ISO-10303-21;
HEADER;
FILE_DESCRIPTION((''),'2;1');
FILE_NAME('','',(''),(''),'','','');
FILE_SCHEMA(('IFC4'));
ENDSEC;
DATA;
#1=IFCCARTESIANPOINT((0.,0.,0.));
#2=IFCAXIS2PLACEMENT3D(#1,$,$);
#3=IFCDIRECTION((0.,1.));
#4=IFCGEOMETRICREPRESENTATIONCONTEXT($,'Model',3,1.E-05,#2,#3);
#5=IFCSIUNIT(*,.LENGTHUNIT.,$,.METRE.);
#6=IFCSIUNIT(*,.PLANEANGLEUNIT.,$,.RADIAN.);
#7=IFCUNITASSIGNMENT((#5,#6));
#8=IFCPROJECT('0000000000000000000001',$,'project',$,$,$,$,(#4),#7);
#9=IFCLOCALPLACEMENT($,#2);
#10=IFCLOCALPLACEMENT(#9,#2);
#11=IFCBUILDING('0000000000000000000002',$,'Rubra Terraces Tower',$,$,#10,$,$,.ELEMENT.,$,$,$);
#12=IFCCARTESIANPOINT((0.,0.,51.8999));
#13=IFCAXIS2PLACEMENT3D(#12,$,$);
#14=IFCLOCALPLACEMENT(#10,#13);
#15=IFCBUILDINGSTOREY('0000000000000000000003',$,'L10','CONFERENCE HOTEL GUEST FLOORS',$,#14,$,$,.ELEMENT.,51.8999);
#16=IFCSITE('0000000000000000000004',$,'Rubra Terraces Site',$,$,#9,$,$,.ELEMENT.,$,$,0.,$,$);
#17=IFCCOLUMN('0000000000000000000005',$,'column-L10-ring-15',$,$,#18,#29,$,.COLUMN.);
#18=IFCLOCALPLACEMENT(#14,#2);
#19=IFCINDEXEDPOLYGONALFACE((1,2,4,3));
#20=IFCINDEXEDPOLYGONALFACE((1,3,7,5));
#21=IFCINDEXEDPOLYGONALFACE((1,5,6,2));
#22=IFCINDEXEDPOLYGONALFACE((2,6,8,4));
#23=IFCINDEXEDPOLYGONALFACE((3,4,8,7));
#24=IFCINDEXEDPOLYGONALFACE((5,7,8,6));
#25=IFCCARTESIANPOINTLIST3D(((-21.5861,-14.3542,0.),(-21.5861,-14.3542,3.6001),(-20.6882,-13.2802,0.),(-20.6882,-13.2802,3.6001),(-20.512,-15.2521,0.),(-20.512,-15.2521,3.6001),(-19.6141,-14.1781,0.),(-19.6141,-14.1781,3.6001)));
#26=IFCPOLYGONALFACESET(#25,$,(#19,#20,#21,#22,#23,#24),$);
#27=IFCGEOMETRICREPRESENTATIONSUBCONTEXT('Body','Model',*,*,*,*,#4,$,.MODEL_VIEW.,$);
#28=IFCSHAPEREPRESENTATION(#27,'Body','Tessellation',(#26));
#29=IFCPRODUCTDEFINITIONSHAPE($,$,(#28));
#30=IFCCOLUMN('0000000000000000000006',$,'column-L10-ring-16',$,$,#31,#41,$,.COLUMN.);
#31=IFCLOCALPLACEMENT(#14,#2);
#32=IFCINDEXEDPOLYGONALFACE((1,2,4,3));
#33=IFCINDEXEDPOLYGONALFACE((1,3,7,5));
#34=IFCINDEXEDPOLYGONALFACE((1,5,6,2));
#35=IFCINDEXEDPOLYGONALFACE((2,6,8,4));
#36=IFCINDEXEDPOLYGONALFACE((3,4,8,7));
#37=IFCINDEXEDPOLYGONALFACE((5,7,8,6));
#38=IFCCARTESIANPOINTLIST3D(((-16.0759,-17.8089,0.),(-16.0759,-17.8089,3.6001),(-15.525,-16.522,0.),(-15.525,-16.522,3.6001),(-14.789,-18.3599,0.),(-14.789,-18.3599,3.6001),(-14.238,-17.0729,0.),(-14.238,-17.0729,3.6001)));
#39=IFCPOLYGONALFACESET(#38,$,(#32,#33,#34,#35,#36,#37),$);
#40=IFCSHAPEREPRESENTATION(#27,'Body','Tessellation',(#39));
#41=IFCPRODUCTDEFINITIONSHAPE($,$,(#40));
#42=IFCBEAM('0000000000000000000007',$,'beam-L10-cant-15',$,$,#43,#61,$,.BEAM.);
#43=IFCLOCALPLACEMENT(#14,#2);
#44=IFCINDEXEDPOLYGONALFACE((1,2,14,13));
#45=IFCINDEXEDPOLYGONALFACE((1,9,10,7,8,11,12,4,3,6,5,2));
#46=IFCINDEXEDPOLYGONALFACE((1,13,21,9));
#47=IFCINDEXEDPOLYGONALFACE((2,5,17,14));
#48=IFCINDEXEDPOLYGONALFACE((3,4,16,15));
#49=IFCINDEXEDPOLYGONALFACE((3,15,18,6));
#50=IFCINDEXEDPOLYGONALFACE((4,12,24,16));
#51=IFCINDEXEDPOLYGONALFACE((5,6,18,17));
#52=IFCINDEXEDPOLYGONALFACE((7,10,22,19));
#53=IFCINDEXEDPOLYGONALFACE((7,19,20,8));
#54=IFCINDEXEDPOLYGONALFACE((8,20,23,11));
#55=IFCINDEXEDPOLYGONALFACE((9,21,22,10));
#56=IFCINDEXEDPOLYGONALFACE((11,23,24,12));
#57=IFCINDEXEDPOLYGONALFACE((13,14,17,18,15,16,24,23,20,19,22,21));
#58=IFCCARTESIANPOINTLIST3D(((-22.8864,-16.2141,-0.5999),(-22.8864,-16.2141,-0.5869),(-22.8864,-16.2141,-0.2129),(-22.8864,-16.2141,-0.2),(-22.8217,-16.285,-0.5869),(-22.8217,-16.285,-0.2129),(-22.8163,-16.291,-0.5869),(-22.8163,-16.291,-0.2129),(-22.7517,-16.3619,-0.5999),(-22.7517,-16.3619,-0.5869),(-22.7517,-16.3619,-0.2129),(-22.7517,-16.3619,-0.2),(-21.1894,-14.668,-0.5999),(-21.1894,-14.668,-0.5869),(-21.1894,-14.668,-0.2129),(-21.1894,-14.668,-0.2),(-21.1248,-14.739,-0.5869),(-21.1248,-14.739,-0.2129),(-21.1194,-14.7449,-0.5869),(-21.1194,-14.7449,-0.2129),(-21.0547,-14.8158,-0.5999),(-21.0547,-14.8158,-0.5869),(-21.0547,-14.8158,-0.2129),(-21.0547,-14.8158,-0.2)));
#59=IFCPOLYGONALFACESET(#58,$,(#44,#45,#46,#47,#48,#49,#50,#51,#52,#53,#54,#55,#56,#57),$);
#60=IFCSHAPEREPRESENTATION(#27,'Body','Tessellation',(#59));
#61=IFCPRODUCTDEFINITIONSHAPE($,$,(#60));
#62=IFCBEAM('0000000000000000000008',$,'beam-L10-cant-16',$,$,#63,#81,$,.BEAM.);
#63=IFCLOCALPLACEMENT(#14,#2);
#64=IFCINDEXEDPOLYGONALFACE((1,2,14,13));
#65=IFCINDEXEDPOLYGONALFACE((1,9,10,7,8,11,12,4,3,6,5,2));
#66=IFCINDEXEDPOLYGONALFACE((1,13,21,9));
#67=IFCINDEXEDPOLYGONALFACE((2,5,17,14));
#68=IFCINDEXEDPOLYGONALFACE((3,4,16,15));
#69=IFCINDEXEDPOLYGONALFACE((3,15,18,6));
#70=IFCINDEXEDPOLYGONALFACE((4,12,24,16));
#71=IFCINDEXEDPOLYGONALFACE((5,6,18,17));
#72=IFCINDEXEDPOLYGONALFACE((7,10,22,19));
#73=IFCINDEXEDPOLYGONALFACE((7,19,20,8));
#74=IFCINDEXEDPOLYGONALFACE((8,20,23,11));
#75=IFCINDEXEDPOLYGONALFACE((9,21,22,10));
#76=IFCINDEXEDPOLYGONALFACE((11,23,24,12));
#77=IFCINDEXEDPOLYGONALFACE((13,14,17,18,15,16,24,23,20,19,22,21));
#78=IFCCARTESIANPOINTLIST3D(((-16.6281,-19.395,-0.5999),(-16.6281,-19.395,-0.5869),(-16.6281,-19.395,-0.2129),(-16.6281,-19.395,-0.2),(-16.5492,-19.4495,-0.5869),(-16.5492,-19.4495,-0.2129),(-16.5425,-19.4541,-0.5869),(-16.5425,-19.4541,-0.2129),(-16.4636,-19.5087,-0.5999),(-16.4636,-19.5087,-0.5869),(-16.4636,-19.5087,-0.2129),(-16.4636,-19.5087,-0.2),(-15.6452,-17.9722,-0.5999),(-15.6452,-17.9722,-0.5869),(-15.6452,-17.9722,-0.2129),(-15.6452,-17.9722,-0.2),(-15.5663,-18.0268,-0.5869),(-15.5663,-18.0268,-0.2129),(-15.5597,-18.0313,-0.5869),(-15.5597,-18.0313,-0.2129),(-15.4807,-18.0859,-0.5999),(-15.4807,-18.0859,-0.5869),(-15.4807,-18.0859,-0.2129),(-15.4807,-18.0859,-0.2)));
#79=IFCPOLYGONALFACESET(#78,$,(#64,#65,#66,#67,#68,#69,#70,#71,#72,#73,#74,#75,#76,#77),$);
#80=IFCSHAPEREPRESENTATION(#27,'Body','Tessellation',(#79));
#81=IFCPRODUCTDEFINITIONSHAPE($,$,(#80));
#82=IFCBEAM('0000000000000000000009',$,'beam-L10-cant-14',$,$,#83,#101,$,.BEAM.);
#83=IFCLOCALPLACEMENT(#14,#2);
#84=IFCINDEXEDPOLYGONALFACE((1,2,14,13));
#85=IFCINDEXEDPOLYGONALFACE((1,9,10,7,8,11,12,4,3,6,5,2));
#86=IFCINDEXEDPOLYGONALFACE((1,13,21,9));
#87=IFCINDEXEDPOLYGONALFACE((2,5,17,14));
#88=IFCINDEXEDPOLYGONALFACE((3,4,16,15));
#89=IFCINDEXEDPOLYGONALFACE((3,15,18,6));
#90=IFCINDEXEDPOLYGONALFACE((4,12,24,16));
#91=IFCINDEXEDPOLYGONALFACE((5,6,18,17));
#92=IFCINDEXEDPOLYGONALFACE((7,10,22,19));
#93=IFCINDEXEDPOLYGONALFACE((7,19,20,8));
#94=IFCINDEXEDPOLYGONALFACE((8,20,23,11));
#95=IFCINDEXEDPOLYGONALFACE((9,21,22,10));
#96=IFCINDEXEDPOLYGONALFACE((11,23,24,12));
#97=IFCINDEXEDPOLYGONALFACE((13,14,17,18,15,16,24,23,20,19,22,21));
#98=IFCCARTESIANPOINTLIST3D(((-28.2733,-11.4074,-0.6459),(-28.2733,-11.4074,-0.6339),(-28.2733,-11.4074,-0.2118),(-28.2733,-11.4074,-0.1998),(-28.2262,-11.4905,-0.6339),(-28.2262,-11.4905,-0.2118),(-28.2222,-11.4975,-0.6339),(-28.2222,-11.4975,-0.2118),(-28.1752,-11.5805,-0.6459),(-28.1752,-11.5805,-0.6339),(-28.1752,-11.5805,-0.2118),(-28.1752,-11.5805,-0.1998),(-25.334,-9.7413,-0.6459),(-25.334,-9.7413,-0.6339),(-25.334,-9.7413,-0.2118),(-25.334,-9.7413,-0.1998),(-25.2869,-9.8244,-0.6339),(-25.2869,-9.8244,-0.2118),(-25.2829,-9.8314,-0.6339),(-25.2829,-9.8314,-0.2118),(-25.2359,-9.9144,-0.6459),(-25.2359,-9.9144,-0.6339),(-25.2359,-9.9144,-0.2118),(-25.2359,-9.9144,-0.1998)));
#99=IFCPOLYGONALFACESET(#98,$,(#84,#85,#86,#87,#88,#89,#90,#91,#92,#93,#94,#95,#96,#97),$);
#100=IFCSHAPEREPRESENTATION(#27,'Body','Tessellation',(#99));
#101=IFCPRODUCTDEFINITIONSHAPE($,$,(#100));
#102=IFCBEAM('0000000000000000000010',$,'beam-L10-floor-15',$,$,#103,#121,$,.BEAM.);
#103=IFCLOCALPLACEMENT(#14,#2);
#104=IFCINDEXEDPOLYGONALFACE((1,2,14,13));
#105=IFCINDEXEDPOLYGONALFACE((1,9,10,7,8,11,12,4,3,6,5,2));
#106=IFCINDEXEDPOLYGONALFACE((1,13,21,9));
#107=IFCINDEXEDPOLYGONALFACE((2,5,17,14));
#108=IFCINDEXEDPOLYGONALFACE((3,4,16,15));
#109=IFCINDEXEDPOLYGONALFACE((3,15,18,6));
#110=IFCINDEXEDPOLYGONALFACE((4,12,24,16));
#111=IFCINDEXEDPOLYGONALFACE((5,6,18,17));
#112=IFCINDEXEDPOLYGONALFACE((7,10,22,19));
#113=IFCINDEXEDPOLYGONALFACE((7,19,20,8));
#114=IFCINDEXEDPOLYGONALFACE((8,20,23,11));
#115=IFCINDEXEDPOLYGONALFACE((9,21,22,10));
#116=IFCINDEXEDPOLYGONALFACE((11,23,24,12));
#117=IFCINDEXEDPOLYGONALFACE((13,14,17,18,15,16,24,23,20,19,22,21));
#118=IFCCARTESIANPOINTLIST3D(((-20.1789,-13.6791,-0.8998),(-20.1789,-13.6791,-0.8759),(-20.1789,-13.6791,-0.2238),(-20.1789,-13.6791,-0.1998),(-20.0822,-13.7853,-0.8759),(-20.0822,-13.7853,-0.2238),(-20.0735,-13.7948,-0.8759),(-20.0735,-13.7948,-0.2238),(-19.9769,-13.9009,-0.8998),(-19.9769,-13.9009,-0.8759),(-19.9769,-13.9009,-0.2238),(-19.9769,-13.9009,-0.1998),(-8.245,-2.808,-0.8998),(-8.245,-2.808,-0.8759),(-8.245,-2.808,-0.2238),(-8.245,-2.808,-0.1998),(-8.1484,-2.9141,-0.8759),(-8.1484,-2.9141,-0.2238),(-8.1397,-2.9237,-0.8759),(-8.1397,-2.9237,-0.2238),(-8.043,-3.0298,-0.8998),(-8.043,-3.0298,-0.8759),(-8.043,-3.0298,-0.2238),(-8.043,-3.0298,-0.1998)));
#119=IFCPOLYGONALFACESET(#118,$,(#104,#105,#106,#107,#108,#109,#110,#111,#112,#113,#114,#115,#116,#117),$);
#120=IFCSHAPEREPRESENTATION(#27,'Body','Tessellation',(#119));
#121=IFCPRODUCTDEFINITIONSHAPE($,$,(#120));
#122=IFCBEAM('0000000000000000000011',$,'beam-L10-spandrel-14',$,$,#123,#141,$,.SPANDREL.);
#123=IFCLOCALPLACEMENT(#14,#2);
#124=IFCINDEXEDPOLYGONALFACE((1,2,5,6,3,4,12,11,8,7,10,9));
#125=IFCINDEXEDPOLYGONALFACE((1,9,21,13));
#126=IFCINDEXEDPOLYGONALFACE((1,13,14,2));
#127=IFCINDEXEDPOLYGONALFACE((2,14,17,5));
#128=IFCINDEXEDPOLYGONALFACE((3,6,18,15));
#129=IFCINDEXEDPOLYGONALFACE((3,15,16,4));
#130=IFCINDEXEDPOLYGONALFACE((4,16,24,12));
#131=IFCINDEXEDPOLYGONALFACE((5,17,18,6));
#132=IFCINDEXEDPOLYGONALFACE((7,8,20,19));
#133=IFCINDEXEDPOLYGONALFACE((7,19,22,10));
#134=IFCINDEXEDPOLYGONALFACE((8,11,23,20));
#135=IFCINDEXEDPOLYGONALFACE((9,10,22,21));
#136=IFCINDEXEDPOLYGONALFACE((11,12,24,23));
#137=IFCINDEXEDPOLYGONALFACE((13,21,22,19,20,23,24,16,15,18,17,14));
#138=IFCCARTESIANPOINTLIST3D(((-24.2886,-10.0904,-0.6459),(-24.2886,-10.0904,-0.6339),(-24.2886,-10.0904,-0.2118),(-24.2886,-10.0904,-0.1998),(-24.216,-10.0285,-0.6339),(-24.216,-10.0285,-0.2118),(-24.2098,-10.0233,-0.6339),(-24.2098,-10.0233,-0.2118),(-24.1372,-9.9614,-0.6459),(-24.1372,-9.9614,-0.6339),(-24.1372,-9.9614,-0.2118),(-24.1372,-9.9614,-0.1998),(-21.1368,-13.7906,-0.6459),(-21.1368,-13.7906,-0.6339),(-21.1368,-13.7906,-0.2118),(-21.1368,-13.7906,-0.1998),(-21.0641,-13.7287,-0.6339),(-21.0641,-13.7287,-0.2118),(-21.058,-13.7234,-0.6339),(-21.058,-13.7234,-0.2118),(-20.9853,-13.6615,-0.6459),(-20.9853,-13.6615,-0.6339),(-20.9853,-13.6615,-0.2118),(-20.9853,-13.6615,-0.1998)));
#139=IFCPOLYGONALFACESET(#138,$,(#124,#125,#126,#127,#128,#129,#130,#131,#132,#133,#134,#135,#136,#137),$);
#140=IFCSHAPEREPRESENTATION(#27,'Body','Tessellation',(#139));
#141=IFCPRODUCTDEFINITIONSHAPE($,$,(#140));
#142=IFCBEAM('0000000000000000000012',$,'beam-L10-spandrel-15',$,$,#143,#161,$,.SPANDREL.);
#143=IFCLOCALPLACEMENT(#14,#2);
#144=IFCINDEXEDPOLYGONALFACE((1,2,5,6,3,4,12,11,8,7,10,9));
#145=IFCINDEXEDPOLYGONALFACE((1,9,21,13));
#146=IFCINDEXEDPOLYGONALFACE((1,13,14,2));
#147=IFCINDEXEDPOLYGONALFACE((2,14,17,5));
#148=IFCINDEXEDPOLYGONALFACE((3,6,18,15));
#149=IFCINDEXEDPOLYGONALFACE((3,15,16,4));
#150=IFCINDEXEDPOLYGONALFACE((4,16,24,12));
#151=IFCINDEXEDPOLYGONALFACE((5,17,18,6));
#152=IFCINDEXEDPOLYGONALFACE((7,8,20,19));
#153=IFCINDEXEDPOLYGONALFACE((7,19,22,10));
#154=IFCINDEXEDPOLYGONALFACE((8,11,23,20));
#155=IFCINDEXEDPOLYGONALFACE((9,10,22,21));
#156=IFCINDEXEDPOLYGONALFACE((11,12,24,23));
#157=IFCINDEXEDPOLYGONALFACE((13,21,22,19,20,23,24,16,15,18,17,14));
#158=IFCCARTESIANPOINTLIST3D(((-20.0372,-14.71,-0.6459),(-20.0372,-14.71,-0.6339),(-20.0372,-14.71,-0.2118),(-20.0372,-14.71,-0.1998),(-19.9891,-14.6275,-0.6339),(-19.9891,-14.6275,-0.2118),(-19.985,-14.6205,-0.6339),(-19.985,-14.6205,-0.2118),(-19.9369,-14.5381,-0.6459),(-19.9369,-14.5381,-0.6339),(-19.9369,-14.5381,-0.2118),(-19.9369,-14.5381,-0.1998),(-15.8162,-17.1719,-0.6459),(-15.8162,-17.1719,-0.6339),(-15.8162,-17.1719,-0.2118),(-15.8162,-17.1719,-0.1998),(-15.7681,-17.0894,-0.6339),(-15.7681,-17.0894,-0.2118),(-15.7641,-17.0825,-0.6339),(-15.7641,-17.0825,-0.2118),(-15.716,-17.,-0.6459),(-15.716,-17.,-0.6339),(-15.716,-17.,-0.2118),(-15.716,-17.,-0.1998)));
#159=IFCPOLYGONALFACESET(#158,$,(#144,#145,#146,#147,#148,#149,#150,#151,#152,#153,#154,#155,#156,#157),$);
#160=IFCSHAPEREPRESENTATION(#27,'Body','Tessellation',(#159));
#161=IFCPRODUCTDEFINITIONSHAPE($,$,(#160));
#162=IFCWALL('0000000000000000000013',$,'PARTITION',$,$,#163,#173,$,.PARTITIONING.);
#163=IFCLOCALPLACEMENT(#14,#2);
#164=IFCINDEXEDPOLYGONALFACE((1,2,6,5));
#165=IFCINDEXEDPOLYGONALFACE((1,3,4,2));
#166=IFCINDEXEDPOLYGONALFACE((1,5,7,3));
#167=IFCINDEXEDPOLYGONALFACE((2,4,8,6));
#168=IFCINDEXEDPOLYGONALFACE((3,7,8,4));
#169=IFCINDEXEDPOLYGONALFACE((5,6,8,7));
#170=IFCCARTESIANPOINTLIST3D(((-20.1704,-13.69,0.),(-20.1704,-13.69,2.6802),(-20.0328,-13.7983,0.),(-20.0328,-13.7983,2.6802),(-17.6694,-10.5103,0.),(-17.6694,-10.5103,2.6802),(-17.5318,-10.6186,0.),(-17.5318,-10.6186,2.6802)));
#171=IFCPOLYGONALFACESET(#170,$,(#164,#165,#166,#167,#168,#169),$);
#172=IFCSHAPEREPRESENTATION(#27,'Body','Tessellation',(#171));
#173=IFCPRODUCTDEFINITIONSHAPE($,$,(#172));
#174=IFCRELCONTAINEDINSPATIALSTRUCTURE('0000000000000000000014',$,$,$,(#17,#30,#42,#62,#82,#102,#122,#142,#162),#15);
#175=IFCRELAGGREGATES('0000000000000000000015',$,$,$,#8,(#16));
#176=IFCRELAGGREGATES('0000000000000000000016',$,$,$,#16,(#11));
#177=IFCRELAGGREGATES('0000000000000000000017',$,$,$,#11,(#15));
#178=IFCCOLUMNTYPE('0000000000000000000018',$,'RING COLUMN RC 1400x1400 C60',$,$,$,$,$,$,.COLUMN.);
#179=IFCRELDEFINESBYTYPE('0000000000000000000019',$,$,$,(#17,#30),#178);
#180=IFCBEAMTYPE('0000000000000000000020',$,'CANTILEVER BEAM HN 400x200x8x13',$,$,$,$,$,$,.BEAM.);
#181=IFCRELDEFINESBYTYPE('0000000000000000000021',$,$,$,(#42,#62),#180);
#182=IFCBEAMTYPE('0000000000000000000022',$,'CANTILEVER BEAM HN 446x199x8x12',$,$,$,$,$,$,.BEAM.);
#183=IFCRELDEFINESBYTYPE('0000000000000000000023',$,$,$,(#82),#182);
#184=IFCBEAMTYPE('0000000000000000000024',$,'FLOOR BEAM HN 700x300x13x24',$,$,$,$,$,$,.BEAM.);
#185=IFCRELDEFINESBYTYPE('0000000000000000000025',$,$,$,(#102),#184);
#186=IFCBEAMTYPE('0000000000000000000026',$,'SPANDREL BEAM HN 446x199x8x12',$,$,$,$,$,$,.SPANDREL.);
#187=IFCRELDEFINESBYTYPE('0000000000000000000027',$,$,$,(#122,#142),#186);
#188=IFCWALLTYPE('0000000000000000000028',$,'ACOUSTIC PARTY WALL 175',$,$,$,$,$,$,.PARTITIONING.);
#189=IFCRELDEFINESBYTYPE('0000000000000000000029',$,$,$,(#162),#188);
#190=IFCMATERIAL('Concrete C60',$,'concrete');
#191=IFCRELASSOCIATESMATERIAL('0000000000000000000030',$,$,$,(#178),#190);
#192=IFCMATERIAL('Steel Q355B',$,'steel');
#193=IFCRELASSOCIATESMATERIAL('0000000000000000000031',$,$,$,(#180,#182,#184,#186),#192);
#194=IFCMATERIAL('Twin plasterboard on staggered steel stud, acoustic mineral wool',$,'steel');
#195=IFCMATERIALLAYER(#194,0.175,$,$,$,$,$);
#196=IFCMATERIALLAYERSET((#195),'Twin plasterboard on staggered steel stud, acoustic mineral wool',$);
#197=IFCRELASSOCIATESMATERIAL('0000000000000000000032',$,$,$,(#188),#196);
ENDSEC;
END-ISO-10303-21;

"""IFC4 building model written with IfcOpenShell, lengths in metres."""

from ifc_helpers import new_model, si_unit, direction, frame, frame_2d, origin, origin_2d, place, context, subcontext, project, spatial, rectangle, i_section, extrude, material, layer, layer_set, material_profile, profile_set, type_object, element, save


model = new_model("IFC4")

# Units and contexts
model_context = context("Model", 3, precision=1e-05, world=origin(), true_north=direction((0.0, 1.0)))
body_context = subcontext(model_context, "Body", "Model", "MODEL_VIEW")
ifc_project = project(units=[si_unit("LENGTHUNIT", "METRE"), si_unit("PLANEANGLEUNIT", "RADIAN")], contexts=[model_context])

# Site, building, storey
site_placement = place(None, origin())
site = spatial("IfcSite", under=ifc_project, at=site_placement, Name="Rubra Terraces Site", CompositionType="ELEMENT", RefElevation=0.0)
building_placement = place(site_placement, origin())
building = spatial("IfcBuilding", under=site, at=building_placement, Name="Rubra Terraces Tower", CompositionType="ELEMENT")
storey_placement = place(building_placement, frame((0.0, 0.0, 51.8999)))
storey = spatial("IfcBuildingStorey", under=building, at=storey_placement, Name="L10", Description="CONFERENCE HOTEL GUEST FLOORS", CompositionType="ELEMENT", Elevation=51.8999)

# Columns
ifc_material_1 = material(Name="Concrete C60", Category="concrete")
ifc_material_profile_1 = material_profile(ifc_material_1, rectangle(XDim=1.3999, YDim=1.3999, at=origin_2d()), Name="RC 1400x1400")
ifc_profile_set_1 = profile_set([ifc_material_profile_1], Name="Concrete C60")
column_type = type_object("IfcColumnType", Name="RING COLUMN RC 1400x1400 C60", PredefinedType="COLUMN", material=ifc_profile_set_1)
for number, where, z_axis, x_axis, name in (
    (1, (-20.6001, -14.2661, 0.0), (0.0, 0.0, 1.0), (0.76721, -0.641397, 0.0), "column-L10-ring-15"),
    (2, (-15.157, -17.4409, 0.0), (0.0, 0.0, 1.0), (0.919294, -0.393572, 0.0), "column-L10-ring-16"),
):
    element("IfcColumn", number, at=place(storey_placement, frame(where, z_axis=z_axis, x_axis=x_axis)), inside=storey, type_object=column_type, Name=name, PredefinedType="COLUMN", context=body_context, shape_type="SweptSolid", body=[
        extrude(rectangle(XDim=1.3999, YDim=1.3999, at=origin_2d()), origin(), (0.0, 0.0, 1.0), 3.6001),
    ])

# Beams
ifc_material_2 = material(Name="Steel Q355B", Category="steel")
ifc_material_profile_2 = material_profile(ifc_material_2, i_section(OverallWidth=0.2, OverallDepth=0.3999, WebThickness=0.0081, FlangeThickness=0.0129, at=origin_2d()), Name="HN 400x200x8x13")
ifc_profile_set_2 = profile_set([ifc_material_profile_2], Name="Steel Q355B")
beam_type_1 = type_object("IfcBeamType", Name="CANTILEVER BEAM HN 400x200x8x13", PredefinedType="BEAM", material=ifc_profile_set_2)
beam_1_placement = place(storey_placement, frame((-21.1221, -14.7419, -0.3999), z_axis=(-0.739203, -0.673482, 0.0), x_axis=(0.673482, -0.739203, 0.0)))
element("IfcBeam", 3, at=beam_1_placement, inside=storey, type_object=beam_type_1, Name="beam-L10-cant-15", PredefinedType="BEAM", context=body_context, shape_type="SweptSolid", body=[
    extrude(i_section(OverallWidth=0.2, OverallDepth=0.3999, WebThickness=0.0081, FlangeThickness=0.0129, at=origin_2d()), origin(), (0.0, 0.0, 1.0), 2.2957),
])
beam_2_placement = place(storey_placement, frame((-15.563, -18.0291, -0.3999), z_axis=(-0.568373, -0.822771, 0.0), x_axis=(0.822771, -0.568373, 0.0)))
element("IfcBeam", 4, at=beam_2_placement, inside=storey, type_object=beam_type_1, Name="beam-L10-cant-16", PredefinedType="BEAM", context=body_context, shape_type="SweptSolid", body=[
    extrude(i_section(OverallWidth=0.2, OverallDepth=0.3999, WebThickness=0.0081, FlangeThickness=0.0129, at=origin_2d()), origin(), (0.0, 0.0, 1.0), 1.7292),
])
ifc_material_profile_3 = material_profile(ifc_material_2, i_section(OverallWidth=0.199, OverallDepth=0.446, WebThickness=0.0081, FlangeThickness=0.012, at=origin_2d()), Name="HN 446x199x8x12")
ifc_profile_set_3 = profile_set([ifc_material_profile_3], Name="Steel Q355B")
beam_type_2 = type_object("IfcBeamType", Name="CANTILEVER BEAM HN 446x199x8x12", PredefinedType="BEAM", material=ifc_profile_set_3)
beam_3_placement = place(storey_placement, frame((-25.2849, -9.8279, -0.4229), z_axis=(-0.869963, -0.493116, 0.0), x_axis=(0.493116, -0.869963, 0.0)))
element("IfcBeam", 5, at=beam_3_placement, inside=storey, type_object=beam_type_2, Name="beam-L10-cant-14", PredefinedType="BEAM", context=body_context, shape_type="SweptSolid", body=[
    extrude(i_section(OverallWidth=0.199, OverallDepth=0.446, WebThickness=0.0081, FlangeThickness=0.012, at=origin_2d()), origin(), (0.0, 0.0, 1.0), 3.3787),
])
ifc_material_profile_4 = material_profile(ifc_material_2, i_section(OverallWidth=0.3, OverallDepth=0.7, WebThickness=0.0129, FlangeThickness=0.0239, at=origin_2d()), Name="HN 700x300x13x24")
ifc_profile_set_4 = profile_set([ifc_material_profile_4], Name="Steel Q355B")
beam_type_3 = type_object("IfcBeamType", Name="FLOOR BEAM HN 700x300x13x24", PredefinedType="BEAM", material=ifc_profile_set_4)
beam_4_placement = place(storey_placement, frame((-20.0779, -13.79, -0.5498), z_axis=(0.739257, 0.673424, 0.0), x_axis=(-0.673424, 0.739257, 0.0)))
element("IfcBeam", 6, at=beam_4_placement, inside=storey, type_object=beam_type_3, Name="beam-L10-floor-15", PredefinedType="BEAM", context=body_context, shape_type="SweptSolid", body=[
    extrude(i_section(OverallWidth=0.3, OverallDepth=0.7, WebThickness=0.0129, FlangeThickness=0.0239, at=origin_2d()), origin(), (0.0, 0.0, 1.0), 16.1431),
])
ifc_material_profile_5 = material_profile(ifc_material_2, i_section(OverallWidth=0.199, OverallDepth=0.446, WebThickness=0.0081, FlangeThickness=0.012, at=origin_2d()), Name="HN 446x199x8x12")
ifc_profile_set_5 = profile_set([ifc_material_profile_5], Name="Steel Q355B")
beam_type_4 = type_object("IfcBeamType", Name="SPANDREL BEAM HN 446x199x8x12", PredefinedType="SPANDREL", material=ifc_profile_set_5)
beam_5_placement = place(storey_placement, frame((-24.2129, -10.0259, -0.4229), z_axis=(0.648447, -0.76126, 0.0), x_axis=(0.76126, 0.648447, 0.0)))
element("IfcBeam", 7, at=beam_5_placement, inside=storey, type_object=beam_type_4, Name="beam-L10-spandrel-14", PredefinedType="SPANDREL", context=body_context, shape_type="SweptSolid", body=[
    extrude(i_section(OverallWidth=0.199, OverallDepth=0.446, WebThickness=0.0081, FlangeThickness=0.012, at=origin_2d()), origin(), (0.0, 0.0, 1.0), 4.8606),
])
beam_6_placement = place(storey_placement, frame((-19.9871, -14.624, -0.4229), z_axis=(0.863806, -0.503824, 0.0), x_axis=(0.503824, 0.863806, 0.0)))
element("IfcBeam", 8, at=beam_6_placement, inside=storey, type_object=beam_type_4, Name="beam-L10-spandrel-15", PredefinedType="SPANDREL", context=body_context, shape_type="SweptSolid", body=[
    extrude(i_section(OverallWidth=0.199, OverallDepth=0.446, WebThickness=0.0081, FlangeThickness=0.012, at=origin_2d()), origin(), (0.0, 0.0, 1.0), 4.8865),
])

# Wall
ifc_material_3 = material(Name="Twin plasterboard on staggered steel stud, acoustic mineral wool", Category="steel")
ifc_layer_1 = layer(ifc_material_3, 0.175)
ifc_layer_set_1 = layer_set([ifc_layer_1], Name="Twin plasterboard on staggered steel stud, acoustic mineral wool")
wall_type_1 = type_object("IfcWallType", Name="ACOUSTIC PARTY WALL 175", PredefinedType="PARTITIONING", material=ifc_layer_set_1)
wall_1_placement = place(storey_placement, frame((-20.1016, -13.7441, 0.0), z_axis=(0.0, 0.0, 1.0), x_axis=(0.618227, 0.786, 0.0)))
element("IfcWall", 9, at=wall_1_placement, inside=storey, type_object=wall_type_1, Name="PARTITION", PredefinedType="PARTITIONING", context=body_context, shape_type="SweptSolid", body=[
    extrude(rectangle(XDim=4.0454, YDim=0.175, at=frame_2d((2.0227, 0.0))), origin(), (0.0, 0.0, 1.0), 2.6802),
])

save(model, "model.ifc")
